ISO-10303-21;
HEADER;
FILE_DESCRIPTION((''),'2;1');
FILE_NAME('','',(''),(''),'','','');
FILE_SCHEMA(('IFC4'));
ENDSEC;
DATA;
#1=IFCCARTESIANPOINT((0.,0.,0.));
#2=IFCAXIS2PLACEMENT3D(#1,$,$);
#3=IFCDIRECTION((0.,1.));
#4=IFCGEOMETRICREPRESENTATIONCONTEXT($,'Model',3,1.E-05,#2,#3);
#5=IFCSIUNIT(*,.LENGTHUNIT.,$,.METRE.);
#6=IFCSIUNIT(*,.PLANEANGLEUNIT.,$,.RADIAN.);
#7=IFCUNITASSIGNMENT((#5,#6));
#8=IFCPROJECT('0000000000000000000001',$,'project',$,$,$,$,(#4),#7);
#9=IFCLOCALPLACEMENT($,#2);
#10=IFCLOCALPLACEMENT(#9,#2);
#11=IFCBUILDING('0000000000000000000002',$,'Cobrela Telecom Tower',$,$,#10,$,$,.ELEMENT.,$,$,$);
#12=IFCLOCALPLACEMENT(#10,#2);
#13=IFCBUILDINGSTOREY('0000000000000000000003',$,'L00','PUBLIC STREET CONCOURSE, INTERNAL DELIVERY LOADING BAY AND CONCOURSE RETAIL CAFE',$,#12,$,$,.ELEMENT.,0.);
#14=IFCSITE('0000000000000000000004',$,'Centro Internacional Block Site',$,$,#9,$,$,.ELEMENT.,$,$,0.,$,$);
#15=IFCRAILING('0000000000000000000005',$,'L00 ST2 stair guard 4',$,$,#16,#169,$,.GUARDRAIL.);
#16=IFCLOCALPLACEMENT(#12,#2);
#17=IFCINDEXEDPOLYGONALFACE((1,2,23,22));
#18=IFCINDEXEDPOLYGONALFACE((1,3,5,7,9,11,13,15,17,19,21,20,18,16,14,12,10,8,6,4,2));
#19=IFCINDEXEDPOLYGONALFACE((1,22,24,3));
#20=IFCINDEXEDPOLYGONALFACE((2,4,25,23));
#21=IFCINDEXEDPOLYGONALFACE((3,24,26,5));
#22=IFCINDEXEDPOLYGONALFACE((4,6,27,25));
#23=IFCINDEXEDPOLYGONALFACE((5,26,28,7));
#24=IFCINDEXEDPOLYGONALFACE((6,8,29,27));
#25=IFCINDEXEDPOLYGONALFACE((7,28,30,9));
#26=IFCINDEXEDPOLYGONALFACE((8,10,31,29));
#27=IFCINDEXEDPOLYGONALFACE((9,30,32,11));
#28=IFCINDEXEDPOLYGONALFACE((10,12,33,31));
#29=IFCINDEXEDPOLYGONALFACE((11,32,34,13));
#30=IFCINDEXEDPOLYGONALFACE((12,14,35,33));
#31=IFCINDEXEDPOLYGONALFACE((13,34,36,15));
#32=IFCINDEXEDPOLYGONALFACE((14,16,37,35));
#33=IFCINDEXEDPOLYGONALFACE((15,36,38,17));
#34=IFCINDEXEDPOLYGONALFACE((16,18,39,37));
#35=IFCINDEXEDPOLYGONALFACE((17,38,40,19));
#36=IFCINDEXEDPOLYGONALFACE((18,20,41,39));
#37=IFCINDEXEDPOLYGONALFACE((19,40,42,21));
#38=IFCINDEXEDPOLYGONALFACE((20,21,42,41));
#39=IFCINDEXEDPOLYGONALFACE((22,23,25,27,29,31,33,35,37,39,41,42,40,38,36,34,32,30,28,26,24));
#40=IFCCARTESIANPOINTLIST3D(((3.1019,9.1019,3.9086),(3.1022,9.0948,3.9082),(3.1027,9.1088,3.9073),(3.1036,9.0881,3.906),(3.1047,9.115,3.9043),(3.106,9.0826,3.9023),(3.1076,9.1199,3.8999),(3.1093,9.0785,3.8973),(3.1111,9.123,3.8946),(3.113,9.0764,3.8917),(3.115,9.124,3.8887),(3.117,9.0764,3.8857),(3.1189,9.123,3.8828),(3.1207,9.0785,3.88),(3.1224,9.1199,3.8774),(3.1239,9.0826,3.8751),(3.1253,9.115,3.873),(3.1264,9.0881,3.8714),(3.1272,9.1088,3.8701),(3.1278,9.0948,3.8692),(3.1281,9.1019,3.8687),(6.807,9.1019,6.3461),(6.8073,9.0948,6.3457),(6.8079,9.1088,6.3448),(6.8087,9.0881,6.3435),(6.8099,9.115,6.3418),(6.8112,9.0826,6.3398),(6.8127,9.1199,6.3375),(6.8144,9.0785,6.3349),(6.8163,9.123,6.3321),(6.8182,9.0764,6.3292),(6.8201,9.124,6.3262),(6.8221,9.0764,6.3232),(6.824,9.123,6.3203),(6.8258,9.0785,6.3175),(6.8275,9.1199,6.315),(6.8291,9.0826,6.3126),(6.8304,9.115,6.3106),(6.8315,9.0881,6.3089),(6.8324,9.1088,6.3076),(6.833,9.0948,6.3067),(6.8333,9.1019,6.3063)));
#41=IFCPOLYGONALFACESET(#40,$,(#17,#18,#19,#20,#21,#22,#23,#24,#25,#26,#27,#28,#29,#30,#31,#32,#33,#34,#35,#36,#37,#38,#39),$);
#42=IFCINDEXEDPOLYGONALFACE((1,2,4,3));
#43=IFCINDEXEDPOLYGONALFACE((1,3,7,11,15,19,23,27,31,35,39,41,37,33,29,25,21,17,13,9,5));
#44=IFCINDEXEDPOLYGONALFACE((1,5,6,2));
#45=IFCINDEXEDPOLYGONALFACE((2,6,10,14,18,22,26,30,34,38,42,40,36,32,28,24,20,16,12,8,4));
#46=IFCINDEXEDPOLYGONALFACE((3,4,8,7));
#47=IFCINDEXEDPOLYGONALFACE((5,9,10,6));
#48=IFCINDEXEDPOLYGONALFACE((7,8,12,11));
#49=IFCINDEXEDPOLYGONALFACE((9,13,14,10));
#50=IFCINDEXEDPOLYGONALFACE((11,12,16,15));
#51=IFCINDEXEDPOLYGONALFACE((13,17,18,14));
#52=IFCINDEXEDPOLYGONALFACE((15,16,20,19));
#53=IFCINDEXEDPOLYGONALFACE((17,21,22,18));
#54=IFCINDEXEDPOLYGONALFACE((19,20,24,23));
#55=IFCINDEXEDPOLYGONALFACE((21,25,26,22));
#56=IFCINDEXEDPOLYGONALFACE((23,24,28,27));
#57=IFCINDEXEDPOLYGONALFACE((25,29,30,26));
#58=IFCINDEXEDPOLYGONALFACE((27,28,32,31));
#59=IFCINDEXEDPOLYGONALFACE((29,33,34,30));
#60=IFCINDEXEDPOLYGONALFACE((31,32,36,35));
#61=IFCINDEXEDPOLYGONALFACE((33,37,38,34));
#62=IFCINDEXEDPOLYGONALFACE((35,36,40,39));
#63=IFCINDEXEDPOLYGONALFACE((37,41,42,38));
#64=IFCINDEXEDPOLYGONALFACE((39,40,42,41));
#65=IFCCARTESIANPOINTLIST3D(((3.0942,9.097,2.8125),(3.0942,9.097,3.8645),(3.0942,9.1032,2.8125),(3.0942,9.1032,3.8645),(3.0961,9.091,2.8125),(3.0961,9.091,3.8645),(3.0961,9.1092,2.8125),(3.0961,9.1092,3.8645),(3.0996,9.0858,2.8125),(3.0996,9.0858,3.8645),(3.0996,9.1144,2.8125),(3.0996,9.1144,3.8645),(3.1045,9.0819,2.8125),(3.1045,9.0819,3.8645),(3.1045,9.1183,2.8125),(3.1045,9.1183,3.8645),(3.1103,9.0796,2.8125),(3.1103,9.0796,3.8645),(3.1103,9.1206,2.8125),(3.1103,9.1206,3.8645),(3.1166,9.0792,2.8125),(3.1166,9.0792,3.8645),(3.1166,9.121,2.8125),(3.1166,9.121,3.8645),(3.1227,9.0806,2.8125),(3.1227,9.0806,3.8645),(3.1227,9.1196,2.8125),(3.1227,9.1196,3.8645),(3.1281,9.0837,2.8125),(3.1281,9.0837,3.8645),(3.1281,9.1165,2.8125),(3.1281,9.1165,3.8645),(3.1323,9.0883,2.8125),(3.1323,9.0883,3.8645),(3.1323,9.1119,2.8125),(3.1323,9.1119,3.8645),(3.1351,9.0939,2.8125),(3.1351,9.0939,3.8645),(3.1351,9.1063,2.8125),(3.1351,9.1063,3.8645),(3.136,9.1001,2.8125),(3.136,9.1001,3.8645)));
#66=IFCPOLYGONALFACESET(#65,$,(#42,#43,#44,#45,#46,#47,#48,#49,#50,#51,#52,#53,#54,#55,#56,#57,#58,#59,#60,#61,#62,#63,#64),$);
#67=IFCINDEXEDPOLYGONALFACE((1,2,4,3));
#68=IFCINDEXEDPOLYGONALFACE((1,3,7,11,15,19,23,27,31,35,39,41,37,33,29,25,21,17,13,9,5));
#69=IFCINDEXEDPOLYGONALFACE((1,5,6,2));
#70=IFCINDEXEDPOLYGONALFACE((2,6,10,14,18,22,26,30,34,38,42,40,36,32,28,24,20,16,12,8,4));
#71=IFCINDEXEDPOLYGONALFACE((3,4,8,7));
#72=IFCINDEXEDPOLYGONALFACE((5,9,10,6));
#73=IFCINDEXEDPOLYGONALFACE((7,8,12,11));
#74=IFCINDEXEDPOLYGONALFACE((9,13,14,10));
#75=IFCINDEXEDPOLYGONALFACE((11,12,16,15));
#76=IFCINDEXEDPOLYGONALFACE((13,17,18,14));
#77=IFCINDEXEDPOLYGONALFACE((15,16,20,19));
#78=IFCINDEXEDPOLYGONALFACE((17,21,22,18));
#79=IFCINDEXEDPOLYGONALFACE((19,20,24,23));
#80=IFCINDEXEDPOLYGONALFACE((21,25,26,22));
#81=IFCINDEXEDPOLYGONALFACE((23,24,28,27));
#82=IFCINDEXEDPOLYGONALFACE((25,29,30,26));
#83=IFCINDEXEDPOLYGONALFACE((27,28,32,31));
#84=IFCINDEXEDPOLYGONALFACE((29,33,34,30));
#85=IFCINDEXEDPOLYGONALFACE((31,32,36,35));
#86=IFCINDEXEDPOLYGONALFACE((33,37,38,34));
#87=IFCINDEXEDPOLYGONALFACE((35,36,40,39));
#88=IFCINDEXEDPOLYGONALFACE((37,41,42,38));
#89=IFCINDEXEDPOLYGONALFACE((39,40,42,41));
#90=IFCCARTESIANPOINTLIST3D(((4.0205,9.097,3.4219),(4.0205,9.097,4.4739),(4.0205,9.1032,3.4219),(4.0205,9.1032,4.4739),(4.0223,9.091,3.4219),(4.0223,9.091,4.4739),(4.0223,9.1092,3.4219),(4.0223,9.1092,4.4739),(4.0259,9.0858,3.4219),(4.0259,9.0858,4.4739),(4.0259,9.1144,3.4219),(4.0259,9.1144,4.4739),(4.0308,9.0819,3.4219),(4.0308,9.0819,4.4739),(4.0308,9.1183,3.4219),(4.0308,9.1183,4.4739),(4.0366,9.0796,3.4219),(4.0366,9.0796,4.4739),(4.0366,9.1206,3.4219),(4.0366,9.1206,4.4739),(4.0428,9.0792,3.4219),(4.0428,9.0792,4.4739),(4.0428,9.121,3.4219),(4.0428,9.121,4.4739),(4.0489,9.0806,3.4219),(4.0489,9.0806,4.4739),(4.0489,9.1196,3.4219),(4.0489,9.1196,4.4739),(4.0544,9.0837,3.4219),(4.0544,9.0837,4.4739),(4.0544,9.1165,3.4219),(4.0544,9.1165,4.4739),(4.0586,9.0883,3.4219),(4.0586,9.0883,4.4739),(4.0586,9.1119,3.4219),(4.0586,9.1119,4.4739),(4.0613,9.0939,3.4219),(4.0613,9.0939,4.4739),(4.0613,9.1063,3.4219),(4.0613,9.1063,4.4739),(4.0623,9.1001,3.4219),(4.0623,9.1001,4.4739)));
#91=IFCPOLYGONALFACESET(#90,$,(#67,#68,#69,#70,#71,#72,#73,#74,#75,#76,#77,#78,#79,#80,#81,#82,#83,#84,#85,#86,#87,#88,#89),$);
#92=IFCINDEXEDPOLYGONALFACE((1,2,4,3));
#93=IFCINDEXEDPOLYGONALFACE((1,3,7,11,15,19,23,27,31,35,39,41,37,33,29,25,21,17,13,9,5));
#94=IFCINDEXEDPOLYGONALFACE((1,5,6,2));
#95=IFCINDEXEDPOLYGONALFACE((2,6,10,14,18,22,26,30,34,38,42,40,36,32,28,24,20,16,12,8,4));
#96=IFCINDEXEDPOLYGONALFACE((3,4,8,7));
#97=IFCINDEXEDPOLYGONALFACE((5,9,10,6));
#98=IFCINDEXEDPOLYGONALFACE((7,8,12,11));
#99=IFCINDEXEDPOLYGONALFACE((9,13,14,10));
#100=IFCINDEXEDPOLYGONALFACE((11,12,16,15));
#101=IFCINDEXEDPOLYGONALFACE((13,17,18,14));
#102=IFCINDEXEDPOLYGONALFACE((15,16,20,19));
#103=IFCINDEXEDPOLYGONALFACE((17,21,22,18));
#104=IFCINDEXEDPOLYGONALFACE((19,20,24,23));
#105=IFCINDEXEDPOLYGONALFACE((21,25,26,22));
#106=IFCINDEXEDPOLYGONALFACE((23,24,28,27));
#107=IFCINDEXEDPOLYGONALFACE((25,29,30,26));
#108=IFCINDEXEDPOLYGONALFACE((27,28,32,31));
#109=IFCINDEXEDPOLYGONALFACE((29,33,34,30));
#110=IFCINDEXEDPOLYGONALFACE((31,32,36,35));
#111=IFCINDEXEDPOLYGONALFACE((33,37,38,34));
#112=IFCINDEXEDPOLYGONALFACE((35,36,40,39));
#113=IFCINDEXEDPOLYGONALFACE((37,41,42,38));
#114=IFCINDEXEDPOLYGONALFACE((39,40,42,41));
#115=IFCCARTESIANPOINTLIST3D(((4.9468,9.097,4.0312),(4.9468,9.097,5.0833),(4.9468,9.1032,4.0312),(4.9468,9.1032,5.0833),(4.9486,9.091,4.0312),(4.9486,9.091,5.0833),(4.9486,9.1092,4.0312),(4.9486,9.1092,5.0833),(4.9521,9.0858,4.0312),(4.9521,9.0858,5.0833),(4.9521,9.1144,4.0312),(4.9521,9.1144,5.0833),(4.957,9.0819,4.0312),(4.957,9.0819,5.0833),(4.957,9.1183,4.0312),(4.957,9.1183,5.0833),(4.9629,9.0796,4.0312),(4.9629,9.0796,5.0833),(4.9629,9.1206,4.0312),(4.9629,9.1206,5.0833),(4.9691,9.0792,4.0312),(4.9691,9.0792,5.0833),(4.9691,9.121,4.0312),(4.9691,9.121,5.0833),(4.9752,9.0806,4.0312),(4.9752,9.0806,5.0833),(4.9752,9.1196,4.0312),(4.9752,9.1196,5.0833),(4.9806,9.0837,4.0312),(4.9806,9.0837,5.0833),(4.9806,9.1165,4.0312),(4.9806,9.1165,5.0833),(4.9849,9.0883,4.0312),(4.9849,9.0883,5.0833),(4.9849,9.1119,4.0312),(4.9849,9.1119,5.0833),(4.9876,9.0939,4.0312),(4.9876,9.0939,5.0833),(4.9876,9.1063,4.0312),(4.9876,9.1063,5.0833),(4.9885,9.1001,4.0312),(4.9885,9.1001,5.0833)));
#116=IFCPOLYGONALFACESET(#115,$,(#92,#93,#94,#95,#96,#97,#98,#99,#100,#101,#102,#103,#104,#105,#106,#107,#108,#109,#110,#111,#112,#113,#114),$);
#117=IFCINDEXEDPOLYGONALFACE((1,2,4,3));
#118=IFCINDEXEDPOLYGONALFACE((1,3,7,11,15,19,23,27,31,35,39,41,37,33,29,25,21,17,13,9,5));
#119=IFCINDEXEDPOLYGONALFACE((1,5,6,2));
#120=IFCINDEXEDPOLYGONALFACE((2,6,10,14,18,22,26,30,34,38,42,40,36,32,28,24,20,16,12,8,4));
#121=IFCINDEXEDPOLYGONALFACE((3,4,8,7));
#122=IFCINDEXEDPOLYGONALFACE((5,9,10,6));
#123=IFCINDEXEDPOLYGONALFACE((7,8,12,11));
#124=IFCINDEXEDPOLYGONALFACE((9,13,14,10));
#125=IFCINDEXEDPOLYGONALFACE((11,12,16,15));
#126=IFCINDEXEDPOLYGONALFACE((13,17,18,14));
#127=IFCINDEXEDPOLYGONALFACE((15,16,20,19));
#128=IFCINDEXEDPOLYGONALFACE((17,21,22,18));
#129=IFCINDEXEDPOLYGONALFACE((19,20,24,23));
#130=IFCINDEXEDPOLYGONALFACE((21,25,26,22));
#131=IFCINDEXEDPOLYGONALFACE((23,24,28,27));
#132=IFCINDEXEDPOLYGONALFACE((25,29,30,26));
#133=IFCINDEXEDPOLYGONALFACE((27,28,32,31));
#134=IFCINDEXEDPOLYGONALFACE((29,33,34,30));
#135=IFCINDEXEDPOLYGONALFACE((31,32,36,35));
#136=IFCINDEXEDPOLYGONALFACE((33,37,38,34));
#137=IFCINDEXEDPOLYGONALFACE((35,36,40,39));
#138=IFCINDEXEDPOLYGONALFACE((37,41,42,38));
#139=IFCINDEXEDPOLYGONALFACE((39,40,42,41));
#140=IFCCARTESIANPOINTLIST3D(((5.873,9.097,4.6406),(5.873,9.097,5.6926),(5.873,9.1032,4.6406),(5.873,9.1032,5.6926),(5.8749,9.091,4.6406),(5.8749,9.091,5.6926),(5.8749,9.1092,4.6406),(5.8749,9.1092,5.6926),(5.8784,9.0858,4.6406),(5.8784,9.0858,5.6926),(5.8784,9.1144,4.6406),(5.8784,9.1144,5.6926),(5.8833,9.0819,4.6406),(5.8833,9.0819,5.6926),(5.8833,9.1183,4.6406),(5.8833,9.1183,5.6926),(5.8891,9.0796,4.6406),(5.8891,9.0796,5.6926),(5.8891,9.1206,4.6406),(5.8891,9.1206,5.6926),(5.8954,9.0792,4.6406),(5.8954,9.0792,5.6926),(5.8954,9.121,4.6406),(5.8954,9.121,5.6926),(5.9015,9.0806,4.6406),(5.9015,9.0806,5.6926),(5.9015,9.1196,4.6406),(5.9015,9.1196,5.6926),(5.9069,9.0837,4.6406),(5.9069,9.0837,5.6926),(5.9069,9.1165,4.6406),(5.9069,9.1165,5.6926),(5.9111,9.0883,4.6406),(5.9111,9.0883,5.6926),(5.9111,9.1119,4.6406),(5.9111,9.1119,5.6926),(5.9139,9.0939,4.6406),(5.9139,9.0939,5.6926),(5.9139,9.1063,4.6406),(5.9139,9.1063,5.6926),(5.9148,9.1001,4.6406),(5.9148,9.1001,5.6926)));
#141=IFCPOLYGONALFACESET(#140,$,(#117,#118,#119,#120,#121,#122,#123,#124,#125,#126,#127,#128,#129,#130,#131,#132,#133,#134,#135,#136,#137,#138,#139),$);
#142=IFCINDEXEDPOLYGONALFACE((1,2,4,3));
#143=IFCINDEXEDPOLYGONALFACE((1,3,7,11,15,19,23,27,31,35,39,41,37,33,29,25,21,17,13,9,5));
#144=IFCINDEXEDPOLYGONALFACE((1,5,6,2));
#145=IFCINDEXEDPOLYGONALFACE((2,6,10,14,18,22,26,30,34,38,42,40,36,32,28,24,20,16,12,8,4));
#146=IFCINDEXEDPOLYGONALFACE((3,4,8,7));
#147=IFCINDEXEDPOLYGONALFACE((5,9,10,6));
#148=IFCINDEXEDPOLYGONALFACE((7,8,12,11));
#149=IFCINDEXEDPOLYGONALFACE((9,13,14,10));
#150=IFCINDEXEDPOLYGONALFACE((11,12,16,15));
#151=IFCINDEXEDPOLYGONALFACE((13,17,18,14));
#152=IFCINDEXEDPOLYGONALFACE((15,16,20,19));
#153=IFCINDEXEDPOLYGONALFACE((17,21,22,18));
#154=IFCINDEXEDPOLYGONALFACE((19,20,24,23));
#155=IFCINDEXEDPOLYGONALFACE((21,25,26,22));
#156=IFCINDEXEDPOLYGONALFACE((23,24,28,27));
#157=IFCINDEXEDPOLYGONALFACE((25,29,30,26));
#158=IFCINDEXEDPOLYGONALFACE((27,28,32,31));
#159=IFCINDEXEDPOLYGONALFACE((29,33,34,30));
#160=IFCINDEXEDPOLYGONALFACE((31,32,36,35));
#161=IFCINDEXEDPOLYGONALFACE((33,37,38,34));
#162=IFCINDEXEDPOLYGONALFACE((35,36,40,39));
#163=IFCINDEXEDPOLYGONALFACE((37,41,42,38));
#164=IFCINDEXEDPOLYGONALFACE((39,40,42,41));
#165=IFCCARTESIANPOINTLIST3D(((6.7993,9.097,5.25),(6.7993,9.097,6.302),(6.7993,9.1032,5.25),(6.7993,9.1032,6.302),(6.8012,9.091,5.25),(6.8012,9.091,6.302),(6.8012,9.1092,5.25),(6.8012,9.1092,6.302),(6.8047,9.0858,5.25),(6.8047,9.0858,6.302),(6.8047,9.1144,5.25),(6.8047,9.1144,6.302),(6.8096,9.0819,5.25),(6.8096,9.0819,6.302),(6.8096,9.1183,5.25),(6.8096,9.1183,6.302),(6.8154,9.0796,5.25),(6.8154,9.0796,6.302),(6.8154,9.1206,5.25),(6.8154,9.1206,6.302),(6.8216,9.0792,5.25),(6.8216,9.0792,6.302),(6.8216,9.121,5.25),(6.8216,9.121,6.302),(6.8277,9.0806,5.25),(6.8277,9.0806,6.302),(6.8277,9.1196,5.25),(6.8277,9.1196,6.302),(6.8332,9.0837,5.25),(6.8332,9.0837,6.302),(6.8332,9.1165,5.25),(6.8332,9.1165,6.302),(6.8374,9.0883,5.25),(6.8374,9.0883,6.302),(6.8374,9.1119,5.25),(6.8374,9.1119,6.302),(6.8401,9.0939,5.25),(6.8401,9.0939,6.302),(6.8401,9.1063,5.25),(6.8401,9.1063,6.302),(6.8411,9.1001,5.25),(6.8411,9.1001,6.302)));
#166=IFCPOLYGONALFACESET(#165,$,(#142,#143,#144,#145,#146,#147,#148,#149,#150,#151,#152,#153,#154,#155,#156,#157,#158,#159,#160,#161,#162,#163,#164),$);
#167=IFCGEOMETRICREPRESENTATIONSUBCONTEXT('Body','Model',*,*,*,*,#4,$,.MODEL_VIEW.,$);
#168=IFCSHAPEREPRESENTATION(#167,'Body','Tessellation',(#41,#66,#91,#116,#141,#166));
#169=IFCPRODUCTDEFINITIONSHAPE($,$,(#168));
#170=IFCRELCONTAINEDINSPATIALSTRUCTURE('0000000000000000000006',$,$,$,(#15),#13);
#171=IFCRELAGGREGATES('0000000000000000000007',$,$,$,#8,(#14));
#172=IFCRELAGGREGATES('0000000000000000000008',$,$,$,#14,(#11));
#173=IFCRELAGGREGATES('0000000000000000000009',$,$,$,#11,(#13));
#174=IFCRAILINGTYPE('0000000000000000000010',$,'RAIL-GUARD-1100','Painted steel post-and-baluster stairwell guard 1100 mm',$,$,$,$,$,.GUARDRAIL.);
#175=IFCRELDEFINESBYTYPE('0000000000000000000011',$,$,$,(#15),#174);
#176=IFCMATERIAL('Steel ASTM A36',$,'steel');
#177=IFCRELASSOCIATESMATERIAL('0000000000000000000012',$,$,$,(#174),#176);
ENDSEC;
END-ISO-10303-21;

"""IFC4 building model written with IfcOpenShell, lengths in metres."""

from ifc_helpers import new_model, si_unit, direction, frame, origin, origin_2d, place, context, subcontext, project, spatial, circle, extrude, material, type_object, element, save


model = new_model("IFC4")

# Units and contexts
model_context = context("Model", 3, precision=1e-05, world=origin(), true_north=direction((0.0, 1.0)))
body_context = subcontext(model_context, "Body", "Model", "MODEL_VIEW")
ifc_project = project(units=[si_unit("LENGTHUNIT", "METRE"), si_unit("PLANEANGLEUNIT", "RADIAN")], contexts=[model_context])

# Site, building, storey
site_placement = place(None, origin())
site = spatial("IfcSite", under=ifc_project, at=site_placement, Name="Centro Internacional Block Site", CompositionType="ELEMENT", RefElevation=0.0)
building_placement = place(site_placement, origin())
building = spatial("IfcBuilding", under=site, at=building_placement, Name="Cobrela Telecom Tower", CompositionType="ELEMENT")
storey_placement = place(building_placement, origin())
storey = spatial("IfcBuildingStorey", under=building, at=storey_placement, Name="L00", Description="PUBLIC STREET CONCOURSE, INTERNAL DELIVERY LOADING BAY AND CONCOURSE RETAIL CAFE", CompositionType="ELEMENT", Elevation=0.0)

# Shared definitions
ifc_material_1 = material(Name="Steel ASTM A36", Category="steel")

# Railing
railing_type_1 = type_object("IfcRailingType", Name="RAIL-GUARD-1100", Description="Painted steel post-and-baluster stairwell guard 1100 mm", PredefinedType="GUARDRAIL", material=ifc_material_1)
railing_1_placement = place(storey_placement, frame((3.115, 9.1001, 2.8125)))
element("IfcRailing", 1, at=railing_1_placement, inside=storey, type_object=railing_type_1, Name="L00 ST2 stair guard 4", PredefinedType="GUARDRAIL", context=body_context, shape_type="SweptSolid", body=[
    extrude(circle(Radius=0.0239, at=origin_2d()), frame((0.0, 0.0, 1.0762), z_axis=(0.835422, 0.0, 0.549608), x_axis=(0.0, 1.0, 0.0)), (0.0, 0.0, 1.0), 4.4351),
    extrude(circle(Radius=0.021, at=origin_2d()), origin(), (0.0, 0.0, 1.0), 1.052),
    extrude(circle(Radius=0.021, at=origin_2d()), frame((0.9263, 0.0, 0.6094)), (0.0, 0.0, 1.0), 1.052),
    extrude(circle(Radius=0.021, at=origin_2d()), frame((1.8525, 0.0, 1.2188)), (0.0, 0.0, 1.0), 1.052),
    extrude(circle(Radius=0.021, at=origin_2d()), frame((2.7788, 0.0, 1.8281)), (0.0, 0.0, 1.0), 1.052),
    extrude(circle(Radius=0.021, at=origin_2d()), frame((3.7051, 0.0, 2.4375)), (0.0, 0.0, 1.0), 1.052),
])

save(model, "model.ifc")
